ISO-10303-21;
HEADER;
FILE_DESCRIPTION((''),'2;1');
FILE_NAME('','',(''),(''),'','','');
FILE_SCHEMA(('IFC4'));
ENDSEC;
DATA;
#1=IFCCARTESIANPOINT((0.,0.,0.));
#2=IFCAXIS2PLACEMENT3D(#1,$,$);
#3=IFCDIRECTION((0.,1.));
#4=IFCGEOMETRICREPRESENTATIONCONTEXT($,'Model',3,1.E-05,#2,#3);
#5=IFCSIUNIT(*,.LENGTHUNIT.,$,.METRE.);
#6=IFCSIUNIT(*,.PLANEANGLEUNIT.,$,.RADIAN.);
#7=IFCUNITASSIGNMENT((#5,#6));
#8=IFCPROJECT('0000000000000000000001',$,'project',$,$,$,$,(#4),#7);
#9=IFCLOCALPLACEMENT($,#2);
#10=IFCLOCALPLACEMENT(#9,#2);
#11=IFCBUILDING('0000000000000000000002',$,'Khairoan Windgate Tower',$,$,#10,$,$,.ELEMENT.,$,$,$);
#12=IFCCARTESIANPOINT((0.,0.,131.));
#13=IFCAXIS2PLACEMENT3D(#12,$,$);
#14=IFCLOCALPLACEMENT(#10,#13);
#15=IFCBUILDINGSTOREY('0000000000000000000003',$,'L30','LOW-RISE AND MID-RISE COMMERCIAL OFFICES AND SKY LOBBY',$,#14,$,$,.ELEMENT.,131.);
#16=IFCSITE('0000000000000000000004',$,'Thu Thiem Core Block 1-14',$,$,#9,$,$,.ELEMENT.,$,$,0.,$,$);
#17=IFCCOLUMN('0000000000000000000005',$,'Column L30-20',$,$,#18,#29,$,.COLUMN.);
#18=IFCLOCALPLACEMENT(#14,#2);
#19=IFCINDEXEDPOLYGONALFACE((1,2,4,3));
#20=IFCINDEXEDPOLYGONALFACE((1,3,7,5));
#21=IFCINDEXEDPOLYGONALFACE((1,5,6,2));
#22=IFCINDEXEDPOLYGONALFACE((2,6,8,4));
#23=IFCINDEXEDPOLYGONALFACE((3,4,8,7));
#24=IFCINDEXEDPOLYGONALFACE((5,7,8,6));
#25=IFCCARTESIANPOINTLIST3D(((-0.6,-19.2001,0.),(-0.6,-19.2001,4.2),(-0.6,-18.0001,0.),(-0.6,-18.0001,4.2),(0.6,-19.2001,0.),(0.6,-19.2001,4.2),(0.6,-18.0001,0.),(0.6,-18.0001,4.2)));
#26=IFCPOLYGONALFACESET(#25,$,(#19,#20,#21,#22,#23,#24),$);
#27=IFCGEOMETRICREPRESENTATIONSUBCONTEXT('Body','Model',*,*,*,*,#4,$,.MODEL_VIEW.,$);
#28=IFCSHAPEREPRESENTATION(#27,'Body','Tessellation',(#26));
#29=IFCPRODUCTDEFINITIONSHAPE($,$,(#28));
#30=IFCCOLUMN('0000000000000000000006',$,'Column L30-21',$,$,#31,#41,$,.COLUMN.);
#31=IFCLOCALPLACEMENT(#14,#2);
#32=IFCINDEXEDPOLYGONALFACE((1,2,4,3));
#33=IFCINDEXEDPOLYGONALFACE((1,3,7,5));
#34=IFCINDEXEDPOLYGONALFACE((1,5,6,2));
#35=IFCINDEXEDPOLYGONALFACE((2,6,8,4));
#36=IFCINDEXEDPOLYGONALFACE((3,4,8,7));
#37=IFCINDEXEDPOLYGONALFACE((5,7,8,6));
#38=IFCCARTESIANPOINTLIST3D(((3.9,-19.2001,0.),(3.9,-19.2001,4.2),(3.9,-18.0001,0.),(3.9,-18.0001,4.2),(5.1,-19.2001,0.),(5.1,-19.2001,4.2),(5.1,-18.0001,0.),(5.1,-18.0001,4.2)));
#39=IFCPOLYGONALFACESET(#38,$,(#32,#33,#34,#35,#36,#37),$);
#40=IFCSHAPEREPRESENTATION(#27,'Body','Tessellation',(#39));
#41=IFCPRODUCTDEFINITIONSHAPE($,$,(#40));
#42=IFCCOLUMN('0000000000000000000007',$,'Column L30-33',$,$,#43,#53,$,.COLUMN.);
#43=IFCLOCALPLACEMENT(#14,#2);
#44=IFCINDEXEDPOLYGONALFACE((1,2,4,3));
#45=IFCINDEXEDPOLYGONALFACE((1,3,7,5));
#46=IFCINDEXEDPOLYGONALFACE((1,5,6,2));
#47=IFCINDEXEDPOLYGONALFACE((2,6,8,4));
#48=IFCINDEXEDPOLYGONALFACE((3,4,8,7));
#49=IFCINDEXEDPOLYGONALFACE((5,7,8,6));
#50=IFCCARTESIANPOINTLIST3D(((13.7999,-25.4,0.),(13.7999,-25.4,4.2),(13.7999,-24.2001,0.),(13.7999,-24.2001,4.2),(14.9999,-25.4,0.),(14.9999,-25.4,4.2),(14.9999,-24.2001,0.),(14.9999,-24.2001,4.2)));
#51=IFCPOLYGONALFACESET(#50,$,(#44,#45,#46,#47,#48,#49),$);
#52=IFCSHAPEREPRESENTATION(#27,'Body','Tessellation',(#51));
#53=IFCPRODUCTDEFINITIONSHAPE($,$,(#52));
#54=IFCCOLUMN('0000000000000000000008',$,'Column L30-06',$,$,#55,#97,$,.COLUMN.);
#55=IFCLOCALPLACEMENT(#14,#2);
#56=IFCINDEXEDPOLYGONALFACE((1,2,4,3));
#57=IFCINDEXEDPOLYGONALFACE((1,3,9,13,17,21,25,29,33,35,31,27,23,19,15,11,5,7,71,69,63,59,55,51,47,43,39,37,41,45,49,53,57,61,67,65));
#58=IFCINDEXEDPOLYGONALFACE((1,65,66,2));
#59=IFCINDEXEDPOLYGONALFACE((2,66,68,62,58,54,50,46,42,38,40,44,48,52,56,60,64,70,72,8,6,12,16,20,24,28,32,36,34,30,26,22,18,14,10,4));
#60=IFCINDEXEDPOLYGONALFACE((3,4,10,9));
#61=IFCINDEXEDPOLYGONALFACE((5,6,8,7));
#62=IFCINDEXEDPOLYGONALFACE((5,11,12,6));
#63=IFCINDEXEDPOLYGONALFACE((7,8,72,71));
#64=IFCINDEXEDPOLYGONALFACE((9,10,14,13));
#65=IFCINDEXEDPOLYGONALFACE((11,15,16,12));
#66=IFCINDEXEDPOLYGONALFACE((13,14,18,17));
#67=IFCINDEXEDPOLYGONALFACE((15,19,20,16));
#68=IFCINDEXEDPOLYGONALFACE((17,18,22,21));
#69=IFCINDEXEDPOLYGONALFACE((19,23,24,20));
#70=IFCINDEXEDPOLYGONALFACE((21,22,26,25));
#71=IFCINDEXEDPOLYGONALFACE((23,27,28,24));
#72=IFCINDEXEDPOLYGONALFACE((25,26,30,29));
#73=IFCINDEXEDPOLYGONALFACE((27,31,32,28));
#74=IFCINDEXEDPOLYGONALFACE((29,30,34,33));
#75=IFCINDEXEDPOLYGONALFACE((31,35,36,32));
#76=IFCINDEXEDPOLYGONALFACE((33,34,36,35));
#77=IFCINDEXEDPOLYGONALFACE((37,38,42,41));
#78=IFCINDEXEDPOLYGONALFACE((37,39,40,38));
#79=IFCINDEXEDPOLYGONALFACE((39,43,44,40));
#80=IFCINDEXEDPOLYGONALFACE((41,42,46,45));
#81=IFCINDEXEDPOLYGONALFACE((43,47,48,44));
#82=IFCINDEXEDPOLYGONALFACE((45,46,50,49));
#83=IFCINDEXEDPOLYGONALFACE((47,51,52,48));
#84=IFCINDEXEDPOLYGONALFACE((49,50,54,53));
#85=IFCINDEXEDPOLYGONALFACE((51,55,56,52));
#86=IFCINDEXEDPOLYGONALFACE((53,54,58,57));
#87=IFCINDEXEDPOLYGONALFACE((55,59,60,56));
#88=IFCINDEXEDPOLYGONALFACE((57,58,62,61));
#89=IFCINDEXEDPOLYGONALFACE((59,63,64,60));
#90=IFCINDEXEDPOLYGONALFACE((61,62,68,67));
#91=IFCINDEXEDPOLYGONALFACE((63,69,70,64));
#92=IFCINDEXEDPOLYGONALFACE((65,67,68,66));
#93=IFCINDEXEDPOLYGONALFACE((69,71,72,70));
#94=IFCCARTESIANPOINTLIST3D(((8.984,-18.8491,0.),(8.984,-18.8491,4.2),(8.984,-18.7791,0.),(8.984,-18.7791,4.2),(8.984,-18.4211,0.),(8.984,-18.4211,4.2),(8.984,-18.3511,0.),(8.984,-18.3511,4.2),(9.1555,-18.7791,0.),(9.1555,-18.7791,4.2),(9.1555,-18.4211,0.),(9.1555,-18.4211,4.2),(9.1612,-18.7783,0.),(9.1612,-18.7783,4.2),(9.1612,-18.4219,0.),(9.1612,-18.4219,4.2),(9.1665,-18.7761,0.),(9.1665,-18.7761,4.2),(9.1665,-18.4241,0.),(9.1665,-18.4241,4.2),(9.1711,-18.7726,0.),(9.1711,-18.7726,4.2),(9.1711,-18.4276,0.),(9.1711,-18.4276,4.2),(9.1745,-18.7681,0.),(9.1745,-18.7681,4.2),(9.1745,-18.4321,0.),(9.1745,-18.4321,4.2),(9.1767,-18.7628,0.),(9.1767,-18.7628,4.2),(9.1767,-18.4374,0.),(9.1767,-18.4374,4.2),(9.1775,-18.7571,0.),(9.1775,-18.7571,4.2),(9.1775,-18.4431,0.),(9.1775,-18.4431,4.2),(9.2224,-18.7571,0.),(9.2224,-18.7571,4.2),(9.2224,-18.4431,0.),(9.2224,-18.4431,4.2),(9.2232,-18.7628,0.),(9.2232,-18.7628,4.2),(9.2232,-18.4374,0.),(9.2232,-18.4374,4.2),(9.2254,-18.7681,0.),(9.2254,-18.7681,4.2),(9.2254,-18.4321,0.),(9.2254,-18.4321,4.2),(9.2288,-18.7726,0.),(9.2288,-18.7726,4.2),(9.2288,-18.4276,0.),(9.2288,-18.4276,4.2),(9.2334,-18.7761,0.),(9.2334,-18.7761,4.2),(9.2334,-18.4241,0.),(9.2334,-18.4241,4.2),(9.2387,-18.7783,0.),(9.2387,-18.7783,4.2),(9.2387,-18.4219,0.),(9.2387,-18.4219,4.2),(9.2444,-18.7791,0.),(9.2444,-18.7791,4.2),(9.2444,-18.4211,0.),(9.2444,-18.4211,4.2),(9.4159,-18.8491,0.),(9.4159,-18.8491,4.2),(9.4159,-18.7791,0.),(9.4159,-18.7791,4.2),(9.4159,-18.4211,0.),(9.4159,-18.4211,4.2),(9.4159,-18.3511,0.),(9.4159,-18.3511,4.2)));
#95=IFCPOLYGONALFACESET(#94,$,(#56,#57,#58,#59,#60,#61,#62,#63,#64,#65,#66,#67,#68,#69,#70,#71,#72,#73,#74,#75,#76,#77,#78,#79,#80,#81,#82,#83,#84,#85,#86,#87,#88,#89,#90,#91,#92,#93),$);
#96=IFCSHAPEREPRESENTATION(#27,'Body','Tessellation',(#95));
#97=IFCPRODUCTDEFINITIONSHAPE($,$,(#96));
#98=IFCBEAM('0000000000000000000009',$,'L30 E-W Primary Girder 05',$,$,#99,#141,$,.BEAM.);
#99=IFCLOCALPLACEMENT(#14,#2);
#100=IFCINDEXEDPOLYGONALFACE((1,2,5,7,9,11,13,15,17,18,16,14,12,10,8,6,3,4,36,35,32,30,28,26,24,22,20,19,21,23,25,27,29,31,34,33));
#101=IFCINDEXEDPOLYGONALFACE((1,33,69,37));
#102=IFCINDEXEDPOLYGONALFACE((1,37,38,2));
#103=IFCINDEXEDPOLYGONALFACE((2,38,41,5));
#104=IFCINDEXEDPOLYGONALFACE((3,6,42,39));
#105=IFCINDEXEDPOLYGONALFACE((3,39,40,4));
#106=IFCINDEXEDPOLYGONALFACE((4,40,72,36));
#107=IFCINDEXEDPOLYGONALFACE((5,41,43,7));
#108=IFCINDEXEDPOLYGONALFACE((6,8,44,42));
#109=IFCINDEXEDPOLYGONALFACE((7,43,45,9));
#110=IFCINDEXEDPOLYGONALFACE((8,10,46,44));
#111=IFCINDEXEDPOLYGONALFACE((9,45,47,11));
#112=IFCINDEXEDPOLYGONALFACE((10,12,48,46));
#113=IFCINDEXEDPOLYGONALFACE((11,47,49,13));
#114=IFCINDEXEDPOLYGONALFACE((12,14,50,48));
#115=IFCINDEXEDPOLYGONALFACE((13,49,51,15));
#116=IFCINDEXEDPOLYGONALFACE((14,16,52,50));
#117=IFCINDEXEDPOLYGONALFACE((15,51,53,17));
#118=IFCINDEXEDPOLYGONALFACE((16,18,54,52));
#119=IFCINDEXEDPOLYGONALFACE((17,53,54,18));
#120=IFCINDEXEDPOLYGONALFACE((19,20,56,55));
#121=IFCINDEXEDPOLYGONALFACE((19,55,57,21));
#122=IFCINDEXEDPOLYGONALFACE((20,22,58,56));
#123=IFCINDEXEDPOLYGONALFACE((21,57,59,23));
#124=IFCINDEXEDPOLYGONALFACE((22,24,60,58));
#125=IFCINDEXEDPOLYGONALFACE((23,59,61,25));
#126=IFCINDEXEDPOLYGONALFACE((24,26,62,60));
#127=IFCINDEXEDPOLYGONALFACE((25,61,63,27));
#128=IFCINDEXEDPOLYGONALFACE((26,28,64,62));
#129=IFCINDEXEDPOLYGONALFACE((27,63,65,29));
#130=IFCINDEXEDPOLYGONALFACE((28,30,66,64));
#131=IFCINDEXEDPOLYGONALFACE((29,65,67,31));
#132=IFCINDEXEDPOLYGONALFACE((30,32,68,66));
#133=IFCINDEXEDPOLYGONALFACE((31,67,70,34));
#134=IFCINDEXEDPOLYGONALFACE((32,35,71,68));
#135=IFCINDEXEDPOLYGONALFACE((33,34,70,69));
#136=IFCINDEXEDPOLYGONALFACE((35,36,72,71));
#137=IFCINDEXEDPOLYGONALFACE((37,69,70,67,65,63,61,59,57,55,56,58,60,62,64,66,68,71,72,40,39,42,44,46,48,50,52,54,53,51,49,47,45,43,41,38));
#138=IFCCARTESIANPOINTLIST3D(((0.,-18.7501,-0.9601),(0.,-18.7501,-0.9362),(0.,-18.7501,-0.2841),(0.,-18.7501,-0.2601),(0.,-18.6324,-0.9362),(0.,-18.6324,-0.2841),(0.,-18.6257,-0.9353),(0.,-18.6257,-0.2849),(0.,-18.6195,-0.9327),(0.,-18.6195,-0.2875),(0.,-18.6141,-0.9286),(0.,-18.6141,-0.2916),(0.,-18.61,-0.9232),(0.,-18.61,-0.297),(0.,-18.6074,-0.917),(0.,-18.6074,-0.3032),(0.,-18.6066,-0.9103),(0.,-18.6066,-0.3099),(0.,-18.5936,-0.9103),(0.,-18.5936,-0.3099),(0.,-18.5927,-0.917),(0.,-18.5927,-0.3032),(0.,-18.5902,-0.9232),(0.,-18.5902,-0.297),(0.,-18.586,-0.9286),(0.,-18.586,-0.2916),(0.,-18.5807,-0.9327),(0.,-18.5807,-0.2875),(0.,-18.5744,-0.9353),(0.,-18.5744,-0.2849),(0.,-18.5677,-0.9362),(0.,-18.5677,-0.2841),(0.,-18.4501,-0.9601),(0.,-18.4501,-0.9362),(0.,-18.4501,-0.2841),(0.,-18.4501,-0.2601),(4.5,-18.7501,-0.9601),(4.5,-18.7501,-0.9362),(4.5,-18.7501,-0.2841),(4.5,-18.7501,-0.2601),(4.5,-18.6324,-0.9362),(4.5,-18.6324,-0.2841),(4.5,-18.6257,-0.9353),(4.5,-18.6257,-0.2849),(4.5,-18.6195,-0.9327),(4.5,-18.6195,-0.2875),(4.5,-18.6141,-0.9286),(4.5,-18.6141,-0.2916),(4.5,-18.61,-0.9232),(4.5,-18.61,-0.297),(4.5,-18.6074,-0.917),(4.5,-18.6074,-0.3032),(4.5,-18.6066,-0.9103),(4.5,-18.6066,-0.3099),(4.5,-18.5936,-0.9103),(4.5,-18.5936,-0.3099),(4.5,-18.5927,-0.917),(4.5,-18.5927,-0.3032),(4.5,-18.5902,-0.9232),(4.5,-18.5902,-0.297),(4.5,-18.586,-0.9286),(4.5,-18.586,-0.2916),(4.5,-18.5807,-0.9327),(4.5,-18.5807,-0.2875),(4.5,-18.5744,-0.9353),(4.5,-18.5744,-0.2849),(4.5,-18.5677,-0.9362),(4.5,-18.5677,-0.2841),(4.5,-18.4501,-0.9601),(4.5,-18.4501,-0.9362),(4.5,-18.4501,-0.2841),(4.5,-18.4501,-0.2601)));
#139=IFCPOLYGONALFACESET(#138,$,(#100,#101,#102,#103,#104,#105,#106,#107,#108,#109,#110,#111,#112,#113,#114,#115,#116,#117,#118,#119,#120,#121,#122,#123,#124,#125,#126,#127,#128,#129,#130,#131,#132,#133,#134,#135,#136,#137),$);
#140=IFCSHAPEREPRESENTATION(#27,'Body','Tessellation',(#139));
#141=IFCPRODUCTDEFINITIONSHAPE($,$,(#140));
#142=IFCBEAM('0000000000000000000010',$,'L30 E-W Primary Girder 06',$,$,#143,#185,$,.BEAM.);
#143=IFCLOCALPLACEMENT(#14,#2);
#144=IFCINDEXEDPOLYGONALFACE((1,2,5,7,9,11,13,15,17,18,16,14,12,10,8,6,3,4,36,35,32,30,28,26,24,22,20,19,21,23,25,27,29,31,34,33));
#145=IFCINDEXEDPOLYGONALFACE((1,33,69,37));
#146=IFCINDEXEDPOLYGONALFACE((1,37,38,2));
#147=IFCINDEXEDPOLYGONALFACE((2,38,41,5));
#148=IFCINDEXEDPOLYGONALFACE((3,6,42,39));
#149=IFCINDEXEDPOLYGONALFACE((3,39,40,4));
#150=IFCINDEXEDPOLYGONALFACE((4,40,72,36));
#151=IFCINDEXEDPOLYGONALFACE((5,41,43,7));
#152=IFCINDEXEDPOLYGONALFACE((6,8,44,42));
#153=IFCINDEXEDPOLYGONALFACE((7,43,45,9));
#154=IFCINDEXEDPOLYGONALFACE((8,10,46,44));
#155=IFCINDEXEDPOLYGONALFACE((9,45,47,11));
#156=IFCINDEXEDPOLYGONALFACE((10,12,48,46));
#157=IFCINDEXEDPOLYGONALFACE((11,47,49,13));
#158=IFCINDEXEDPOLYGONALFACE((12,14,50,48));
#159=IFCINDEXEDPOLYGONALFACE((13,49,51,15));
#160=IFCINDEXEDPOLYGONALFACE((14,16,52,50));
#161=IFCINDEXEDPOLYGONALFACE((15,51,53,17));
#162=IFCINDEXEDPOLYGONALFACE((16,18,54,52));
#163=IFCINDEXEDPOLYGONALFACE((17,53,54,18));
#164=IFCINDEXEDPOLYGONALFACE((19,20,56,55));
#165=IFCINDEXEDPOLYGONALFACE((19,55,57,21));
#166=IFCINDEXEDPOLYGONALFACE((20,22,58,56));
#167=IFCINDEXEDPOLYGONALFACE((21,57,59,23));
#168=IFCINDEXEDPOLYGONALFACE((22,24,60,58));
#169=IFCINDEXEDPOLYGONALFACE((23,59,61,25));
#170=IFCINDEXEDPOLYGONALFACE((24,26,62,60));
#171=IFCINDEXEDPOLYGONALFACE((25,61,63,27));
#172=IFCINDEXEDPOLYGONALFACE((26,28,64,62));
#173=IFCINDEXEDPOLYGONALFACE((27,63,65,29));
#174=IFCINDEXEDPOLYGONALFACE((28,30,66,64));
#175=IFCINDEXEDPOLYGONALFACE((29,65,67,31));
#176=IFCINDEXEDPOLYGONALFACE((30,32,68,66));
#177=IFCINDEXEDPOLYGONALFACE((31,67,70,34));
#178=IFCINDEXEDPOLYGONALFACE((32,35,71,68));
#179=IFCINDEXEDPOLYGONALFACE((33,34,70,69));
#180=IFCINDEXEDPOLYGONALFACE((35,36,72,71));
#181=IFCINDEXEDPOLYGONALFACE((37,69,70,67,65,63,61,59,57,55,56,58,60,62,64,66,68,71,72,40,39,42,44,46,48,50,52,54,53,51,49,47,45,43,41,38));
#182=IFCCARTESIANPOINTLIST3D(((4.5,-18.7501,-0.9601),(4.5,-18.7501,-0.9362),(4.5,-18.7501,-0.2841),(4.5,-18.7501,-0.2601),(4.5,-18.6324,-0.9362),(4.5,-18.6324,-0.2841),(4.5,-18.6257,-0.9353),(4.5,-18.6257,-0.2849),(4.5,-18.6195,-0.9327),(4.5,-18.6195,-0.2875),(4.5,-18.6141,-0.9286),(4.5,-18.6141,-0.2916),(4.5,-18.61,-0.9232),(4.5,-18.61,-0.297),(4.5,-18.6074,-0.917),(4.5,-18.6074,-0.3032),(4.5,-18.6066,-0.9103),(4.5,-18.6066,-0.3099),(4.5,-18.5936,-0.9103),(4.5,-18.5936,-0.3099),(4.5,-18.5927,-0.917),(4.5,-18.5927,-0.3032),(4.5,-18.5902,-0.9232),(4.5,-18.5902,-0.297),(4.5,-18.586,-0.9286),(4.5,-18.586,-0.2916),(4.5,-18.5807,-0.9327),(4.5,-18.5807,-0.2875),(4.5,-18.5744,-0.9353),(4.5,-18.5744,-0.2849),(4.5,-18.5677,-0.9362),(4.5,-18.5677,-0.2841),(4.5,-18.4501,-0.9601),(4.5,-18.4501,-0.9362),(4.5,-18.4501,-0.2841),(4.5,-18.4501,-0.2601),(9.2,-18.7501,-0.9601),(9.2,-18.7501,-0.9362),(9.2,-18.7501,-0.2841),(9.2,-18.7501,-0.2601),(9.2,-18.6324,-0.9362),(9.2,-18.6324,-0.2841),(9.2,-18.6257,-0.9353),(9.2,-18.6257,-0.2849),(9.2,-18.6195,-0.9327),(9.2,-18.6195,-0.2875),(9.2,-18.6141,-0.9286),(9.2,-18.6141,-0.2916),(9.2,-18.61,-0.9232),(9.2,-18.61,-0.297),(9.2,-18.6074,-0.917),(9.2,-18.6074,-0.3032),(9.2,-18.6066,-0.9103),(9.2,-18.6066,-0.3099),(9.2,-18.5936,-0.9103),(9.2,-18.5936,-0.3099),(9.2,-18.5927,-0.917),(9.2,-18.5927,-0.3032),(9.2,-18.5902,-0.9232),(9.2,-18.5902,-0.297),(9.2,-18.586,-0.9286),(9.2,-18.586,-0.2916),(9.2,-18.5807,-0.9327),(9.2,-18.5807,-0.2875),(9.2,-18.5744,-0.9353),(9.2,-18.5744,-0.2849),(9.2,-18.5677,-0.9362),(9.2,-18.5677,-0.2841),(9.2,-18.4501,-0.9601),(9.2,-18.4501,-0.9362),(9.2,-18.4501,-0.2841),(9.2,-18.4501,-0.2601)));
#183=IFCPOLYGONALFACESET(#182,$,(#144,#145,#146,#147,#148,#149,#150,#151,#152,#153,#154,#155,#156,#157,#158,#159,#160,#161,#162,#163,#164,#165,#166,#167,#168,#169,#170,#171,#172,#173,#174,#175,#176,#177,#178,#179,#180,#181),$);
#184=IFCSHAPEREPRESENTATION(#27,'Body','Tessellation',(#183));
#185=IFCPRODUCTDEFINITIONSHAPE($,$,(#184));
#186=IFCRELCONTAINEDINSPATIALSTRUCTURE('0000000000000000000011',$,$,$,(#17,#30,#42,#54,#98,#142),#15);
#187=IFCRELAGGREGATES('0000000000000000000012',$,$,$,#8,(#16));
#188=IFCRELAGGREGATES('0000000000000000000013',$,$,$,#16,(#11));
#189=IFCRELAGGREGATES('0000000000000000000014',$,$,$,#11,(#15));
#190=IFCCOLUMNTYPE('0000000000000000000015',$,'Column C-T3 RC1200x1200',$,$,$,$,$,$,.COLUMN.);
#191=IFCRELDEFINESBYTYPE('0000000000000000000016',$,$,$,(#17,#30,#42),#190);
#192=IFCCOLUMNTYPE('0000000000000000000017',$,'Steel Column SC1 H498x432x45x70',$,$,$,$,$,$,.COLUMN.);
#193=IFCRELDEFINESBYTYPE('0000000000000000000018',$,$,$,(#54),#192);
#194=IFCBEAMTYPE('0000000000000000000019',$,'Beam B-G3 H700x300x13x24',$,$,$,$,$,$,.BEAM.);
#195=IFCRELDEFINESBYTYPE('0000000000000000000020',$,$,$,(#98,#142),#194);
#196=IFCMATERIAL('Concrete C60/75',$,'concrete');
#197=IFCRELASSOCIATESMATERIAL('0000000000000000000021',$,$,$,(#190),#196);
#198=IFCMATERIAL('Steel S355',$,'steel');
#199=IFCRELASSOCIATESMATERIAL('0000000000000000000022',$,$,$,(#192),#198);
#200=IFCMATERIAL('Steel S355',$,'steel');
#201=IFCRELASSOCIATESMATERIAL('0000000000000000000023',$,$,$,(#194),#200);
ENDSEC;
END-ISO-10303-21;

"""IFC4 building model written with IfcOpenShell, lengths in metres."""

from ifc_helpers import new_model, si_unit, direction, frame, origin, origin_2d, place, context, subcontext, project, spatial, rectangle, i_section, extrude, material, material_profile, profile_set, type_object, element, save


model = new_model("IFC4")

# Units and contexts
model_context = context("Model", 3, precision=1e-05, world=origin(), true_north=direction((0.0, 1.0)))
body_context = subcontext(model_context, "Body", "Model", "MODEL_VIEW")
ifc_project = project(units=[si_unit("LENGTHUNIT", "METRE"), si_unit("PLANEANGLEUNIT", "RADIAN")], contexts=[model_context])

# Site, building, storey
site_placement = place(None, origin())
site = spatial("IfcSite", under=ifc_project, at=site_placement, Name="Thu Thiem Core Block 1-14", CompositionType="ELEMENT", RefElevation=0.0)
building_placement = place(site_placement, origin())
building = spatial("IfcBuilding", under=site, at=building_placement, Name="Khairoan Windgate Tower", CompositionType="ELEMENT")
storey_placement = place(building_placement, frame((0.0, 0.0, 131.0)))
storey = spatial("IfcBuildingStorey", under=building, at=storey_placement, Name="L30", Description="LOW-RISE AND MID-RISE COMMERCIAL OFFICES AND SKY LOBBY", CompositionType="ELEMENT", Elevation=131.0)

# Columns
ifc_material_1 = material(Name="Concrete C60/75", Category="concrete")
ifc_material_profile_1 = material_profile(ifc_material_1, rectangle(XDim=1.2, YDim=1.2, at=origin_2d()))
ifc_profile_set_1 = profile_set([ifc_material_profile_1], Name="Concrete C60/75")
column_type_1 = type_object("IfcColumnType", Name="Column C-T3 RC1200x1200", PredefinedType="COLUMN", material=ifc_profile_set_1)
for number, where, z_axis, x_axis, name in (
    (1, (0.0, -18.6001, 0.0), (0.0, 0.0, 1.0), (1.0, 0.0, 0.0), "Column L30-20"),
    (2, (4.5, -18.6001, 0.0), (0.0, 0.0, 1.0), (1.0, 0.0, 0.0), "Column L30-21"),
    (3, (14.3999, -24.8, 0.0), (0.0, 0.0, 1.0), (1.0, 0.0, 0.0), "Column L30-33"),
):
    element("IfcColumn", number, at=place(storey_placement, frame(where, z_axis=z_axis, x_axis=x_axis)), inside=storey, type_object=column_type_1, Name=name, PredefinedType="COLUMN", context=body_context, shape_type="SweptSolid", body=[
        extrude(rectangle(XDim=1.2, YDim=1.2, at=origin_2d()), origin(), (0.0, 0.0, 1.0), 4.2),
    ])
ifc_material_2 = material(Name="Steel S355", Category="steel")
ifc_material_profile_2 = material_profile(ifc_material_2, i_section(OverallWidth=0.4319, OverallDepth=0.498, WebThickness=0.0449, FlangeThickness=0.0701, FilletRadius=0.022, at=origin_2d()))
ifc_profile_set_2 = profile_set([ifc_material_profile_2], Name="Steel S355")
column_type_2 = type_object("IfcColumnType", Name="Steel Column SC1 H498x432x45x70", PredefinedType="COLUMN", material=ifc_profile_set_2)
column_placement = place(storey_placement, frame((9.2, -18.6001, 0.0), z_axis=(0.0, 0.0, 1.0), x_axis=(1.0, 0.0, 0.0)))
element("IfcColumn", 4, at=column_placement, inside=storey, type_object=column_type_2, Name="Column L30-06", PredefinedType="COLUMN", context=body_context, shape_type="SweptSolid", body=[
    extrude(i_section(OverallWidth=0.4319, OverallDepth=0.498, WebThickness=0.0449, FlangeThickness=0.0701, FilletRadius=0.022, at=origin_2d()), origin(), (0.0, 0.0, 1.0), 4.2),
])

# Beams
ifc_material_3 = material(Name="Steel S355", Category="steel")
ifc_material_profile_3 = material_profile(ifc_material_3, i_section(OverallWidth=0.3, OverallDepth=0.7, WebThickness=0.0129, FlangeThickness=0.0239, FilletRadius=0.0259, at=origin_2d()))
ifc_profile_set_3 = profile_set([ifc_material_profile_3], Name="Steel S355")
beam_type_1 = type_object("IfcBeamType", Name="Beam B-G3 H700x300x13x24", PredefinedType="BEAM", material=ifc_profile_set_3)
beam_1_placement = place(storey_placement, frame((0.0, -18.6001, -0.6101), z_axis=(1.0, 0.0, 0.0), x_axis=(0.0, 1.0, 0.0)))
element("IfcBeam", 5, at=beam_1_placement, inside=storey, type_object=beam_type_1, Name="L30 E-W Primary Girder 05", PredefinedType="BEAM", context=body_context, shape_type="SweptSolid", body=[
    extrude(i_section(OverallWidth=0.3, OverallDepth=0.7, WebThickness=0.0129, FlangeThickness=0.0239, FilletRadius=0.0259, at=origin_2d()), origin(), (0.0, 0.0, 1.0), 4.5),
])
beam_2_placement = place(storey_placement, frame((4.5, -18.6001, -0.6101), z_axis=(1.0, 0.0, 0.0), x_axis=(0.0, 1.0, 0.0)))
element("IfcBeam", 6, at=beam_2_placement, inside=storey, type_object=beam_type_1, Name="L30 E-W Primary Girder 06", PredefinedType="BEAM", context=body_context, shape_type="SweptSolid", body=[
    extrude(i_section(OverallWidth=0.3, OverallDepth=0.7, WebThickness=0.0129, FlangeThickness=0.0239, FilletRadius=0.0259, at=origin_2d()), origin(), (0.0, 0.0, 1.0), 4.7),
])

save(model, "model.ifc")
